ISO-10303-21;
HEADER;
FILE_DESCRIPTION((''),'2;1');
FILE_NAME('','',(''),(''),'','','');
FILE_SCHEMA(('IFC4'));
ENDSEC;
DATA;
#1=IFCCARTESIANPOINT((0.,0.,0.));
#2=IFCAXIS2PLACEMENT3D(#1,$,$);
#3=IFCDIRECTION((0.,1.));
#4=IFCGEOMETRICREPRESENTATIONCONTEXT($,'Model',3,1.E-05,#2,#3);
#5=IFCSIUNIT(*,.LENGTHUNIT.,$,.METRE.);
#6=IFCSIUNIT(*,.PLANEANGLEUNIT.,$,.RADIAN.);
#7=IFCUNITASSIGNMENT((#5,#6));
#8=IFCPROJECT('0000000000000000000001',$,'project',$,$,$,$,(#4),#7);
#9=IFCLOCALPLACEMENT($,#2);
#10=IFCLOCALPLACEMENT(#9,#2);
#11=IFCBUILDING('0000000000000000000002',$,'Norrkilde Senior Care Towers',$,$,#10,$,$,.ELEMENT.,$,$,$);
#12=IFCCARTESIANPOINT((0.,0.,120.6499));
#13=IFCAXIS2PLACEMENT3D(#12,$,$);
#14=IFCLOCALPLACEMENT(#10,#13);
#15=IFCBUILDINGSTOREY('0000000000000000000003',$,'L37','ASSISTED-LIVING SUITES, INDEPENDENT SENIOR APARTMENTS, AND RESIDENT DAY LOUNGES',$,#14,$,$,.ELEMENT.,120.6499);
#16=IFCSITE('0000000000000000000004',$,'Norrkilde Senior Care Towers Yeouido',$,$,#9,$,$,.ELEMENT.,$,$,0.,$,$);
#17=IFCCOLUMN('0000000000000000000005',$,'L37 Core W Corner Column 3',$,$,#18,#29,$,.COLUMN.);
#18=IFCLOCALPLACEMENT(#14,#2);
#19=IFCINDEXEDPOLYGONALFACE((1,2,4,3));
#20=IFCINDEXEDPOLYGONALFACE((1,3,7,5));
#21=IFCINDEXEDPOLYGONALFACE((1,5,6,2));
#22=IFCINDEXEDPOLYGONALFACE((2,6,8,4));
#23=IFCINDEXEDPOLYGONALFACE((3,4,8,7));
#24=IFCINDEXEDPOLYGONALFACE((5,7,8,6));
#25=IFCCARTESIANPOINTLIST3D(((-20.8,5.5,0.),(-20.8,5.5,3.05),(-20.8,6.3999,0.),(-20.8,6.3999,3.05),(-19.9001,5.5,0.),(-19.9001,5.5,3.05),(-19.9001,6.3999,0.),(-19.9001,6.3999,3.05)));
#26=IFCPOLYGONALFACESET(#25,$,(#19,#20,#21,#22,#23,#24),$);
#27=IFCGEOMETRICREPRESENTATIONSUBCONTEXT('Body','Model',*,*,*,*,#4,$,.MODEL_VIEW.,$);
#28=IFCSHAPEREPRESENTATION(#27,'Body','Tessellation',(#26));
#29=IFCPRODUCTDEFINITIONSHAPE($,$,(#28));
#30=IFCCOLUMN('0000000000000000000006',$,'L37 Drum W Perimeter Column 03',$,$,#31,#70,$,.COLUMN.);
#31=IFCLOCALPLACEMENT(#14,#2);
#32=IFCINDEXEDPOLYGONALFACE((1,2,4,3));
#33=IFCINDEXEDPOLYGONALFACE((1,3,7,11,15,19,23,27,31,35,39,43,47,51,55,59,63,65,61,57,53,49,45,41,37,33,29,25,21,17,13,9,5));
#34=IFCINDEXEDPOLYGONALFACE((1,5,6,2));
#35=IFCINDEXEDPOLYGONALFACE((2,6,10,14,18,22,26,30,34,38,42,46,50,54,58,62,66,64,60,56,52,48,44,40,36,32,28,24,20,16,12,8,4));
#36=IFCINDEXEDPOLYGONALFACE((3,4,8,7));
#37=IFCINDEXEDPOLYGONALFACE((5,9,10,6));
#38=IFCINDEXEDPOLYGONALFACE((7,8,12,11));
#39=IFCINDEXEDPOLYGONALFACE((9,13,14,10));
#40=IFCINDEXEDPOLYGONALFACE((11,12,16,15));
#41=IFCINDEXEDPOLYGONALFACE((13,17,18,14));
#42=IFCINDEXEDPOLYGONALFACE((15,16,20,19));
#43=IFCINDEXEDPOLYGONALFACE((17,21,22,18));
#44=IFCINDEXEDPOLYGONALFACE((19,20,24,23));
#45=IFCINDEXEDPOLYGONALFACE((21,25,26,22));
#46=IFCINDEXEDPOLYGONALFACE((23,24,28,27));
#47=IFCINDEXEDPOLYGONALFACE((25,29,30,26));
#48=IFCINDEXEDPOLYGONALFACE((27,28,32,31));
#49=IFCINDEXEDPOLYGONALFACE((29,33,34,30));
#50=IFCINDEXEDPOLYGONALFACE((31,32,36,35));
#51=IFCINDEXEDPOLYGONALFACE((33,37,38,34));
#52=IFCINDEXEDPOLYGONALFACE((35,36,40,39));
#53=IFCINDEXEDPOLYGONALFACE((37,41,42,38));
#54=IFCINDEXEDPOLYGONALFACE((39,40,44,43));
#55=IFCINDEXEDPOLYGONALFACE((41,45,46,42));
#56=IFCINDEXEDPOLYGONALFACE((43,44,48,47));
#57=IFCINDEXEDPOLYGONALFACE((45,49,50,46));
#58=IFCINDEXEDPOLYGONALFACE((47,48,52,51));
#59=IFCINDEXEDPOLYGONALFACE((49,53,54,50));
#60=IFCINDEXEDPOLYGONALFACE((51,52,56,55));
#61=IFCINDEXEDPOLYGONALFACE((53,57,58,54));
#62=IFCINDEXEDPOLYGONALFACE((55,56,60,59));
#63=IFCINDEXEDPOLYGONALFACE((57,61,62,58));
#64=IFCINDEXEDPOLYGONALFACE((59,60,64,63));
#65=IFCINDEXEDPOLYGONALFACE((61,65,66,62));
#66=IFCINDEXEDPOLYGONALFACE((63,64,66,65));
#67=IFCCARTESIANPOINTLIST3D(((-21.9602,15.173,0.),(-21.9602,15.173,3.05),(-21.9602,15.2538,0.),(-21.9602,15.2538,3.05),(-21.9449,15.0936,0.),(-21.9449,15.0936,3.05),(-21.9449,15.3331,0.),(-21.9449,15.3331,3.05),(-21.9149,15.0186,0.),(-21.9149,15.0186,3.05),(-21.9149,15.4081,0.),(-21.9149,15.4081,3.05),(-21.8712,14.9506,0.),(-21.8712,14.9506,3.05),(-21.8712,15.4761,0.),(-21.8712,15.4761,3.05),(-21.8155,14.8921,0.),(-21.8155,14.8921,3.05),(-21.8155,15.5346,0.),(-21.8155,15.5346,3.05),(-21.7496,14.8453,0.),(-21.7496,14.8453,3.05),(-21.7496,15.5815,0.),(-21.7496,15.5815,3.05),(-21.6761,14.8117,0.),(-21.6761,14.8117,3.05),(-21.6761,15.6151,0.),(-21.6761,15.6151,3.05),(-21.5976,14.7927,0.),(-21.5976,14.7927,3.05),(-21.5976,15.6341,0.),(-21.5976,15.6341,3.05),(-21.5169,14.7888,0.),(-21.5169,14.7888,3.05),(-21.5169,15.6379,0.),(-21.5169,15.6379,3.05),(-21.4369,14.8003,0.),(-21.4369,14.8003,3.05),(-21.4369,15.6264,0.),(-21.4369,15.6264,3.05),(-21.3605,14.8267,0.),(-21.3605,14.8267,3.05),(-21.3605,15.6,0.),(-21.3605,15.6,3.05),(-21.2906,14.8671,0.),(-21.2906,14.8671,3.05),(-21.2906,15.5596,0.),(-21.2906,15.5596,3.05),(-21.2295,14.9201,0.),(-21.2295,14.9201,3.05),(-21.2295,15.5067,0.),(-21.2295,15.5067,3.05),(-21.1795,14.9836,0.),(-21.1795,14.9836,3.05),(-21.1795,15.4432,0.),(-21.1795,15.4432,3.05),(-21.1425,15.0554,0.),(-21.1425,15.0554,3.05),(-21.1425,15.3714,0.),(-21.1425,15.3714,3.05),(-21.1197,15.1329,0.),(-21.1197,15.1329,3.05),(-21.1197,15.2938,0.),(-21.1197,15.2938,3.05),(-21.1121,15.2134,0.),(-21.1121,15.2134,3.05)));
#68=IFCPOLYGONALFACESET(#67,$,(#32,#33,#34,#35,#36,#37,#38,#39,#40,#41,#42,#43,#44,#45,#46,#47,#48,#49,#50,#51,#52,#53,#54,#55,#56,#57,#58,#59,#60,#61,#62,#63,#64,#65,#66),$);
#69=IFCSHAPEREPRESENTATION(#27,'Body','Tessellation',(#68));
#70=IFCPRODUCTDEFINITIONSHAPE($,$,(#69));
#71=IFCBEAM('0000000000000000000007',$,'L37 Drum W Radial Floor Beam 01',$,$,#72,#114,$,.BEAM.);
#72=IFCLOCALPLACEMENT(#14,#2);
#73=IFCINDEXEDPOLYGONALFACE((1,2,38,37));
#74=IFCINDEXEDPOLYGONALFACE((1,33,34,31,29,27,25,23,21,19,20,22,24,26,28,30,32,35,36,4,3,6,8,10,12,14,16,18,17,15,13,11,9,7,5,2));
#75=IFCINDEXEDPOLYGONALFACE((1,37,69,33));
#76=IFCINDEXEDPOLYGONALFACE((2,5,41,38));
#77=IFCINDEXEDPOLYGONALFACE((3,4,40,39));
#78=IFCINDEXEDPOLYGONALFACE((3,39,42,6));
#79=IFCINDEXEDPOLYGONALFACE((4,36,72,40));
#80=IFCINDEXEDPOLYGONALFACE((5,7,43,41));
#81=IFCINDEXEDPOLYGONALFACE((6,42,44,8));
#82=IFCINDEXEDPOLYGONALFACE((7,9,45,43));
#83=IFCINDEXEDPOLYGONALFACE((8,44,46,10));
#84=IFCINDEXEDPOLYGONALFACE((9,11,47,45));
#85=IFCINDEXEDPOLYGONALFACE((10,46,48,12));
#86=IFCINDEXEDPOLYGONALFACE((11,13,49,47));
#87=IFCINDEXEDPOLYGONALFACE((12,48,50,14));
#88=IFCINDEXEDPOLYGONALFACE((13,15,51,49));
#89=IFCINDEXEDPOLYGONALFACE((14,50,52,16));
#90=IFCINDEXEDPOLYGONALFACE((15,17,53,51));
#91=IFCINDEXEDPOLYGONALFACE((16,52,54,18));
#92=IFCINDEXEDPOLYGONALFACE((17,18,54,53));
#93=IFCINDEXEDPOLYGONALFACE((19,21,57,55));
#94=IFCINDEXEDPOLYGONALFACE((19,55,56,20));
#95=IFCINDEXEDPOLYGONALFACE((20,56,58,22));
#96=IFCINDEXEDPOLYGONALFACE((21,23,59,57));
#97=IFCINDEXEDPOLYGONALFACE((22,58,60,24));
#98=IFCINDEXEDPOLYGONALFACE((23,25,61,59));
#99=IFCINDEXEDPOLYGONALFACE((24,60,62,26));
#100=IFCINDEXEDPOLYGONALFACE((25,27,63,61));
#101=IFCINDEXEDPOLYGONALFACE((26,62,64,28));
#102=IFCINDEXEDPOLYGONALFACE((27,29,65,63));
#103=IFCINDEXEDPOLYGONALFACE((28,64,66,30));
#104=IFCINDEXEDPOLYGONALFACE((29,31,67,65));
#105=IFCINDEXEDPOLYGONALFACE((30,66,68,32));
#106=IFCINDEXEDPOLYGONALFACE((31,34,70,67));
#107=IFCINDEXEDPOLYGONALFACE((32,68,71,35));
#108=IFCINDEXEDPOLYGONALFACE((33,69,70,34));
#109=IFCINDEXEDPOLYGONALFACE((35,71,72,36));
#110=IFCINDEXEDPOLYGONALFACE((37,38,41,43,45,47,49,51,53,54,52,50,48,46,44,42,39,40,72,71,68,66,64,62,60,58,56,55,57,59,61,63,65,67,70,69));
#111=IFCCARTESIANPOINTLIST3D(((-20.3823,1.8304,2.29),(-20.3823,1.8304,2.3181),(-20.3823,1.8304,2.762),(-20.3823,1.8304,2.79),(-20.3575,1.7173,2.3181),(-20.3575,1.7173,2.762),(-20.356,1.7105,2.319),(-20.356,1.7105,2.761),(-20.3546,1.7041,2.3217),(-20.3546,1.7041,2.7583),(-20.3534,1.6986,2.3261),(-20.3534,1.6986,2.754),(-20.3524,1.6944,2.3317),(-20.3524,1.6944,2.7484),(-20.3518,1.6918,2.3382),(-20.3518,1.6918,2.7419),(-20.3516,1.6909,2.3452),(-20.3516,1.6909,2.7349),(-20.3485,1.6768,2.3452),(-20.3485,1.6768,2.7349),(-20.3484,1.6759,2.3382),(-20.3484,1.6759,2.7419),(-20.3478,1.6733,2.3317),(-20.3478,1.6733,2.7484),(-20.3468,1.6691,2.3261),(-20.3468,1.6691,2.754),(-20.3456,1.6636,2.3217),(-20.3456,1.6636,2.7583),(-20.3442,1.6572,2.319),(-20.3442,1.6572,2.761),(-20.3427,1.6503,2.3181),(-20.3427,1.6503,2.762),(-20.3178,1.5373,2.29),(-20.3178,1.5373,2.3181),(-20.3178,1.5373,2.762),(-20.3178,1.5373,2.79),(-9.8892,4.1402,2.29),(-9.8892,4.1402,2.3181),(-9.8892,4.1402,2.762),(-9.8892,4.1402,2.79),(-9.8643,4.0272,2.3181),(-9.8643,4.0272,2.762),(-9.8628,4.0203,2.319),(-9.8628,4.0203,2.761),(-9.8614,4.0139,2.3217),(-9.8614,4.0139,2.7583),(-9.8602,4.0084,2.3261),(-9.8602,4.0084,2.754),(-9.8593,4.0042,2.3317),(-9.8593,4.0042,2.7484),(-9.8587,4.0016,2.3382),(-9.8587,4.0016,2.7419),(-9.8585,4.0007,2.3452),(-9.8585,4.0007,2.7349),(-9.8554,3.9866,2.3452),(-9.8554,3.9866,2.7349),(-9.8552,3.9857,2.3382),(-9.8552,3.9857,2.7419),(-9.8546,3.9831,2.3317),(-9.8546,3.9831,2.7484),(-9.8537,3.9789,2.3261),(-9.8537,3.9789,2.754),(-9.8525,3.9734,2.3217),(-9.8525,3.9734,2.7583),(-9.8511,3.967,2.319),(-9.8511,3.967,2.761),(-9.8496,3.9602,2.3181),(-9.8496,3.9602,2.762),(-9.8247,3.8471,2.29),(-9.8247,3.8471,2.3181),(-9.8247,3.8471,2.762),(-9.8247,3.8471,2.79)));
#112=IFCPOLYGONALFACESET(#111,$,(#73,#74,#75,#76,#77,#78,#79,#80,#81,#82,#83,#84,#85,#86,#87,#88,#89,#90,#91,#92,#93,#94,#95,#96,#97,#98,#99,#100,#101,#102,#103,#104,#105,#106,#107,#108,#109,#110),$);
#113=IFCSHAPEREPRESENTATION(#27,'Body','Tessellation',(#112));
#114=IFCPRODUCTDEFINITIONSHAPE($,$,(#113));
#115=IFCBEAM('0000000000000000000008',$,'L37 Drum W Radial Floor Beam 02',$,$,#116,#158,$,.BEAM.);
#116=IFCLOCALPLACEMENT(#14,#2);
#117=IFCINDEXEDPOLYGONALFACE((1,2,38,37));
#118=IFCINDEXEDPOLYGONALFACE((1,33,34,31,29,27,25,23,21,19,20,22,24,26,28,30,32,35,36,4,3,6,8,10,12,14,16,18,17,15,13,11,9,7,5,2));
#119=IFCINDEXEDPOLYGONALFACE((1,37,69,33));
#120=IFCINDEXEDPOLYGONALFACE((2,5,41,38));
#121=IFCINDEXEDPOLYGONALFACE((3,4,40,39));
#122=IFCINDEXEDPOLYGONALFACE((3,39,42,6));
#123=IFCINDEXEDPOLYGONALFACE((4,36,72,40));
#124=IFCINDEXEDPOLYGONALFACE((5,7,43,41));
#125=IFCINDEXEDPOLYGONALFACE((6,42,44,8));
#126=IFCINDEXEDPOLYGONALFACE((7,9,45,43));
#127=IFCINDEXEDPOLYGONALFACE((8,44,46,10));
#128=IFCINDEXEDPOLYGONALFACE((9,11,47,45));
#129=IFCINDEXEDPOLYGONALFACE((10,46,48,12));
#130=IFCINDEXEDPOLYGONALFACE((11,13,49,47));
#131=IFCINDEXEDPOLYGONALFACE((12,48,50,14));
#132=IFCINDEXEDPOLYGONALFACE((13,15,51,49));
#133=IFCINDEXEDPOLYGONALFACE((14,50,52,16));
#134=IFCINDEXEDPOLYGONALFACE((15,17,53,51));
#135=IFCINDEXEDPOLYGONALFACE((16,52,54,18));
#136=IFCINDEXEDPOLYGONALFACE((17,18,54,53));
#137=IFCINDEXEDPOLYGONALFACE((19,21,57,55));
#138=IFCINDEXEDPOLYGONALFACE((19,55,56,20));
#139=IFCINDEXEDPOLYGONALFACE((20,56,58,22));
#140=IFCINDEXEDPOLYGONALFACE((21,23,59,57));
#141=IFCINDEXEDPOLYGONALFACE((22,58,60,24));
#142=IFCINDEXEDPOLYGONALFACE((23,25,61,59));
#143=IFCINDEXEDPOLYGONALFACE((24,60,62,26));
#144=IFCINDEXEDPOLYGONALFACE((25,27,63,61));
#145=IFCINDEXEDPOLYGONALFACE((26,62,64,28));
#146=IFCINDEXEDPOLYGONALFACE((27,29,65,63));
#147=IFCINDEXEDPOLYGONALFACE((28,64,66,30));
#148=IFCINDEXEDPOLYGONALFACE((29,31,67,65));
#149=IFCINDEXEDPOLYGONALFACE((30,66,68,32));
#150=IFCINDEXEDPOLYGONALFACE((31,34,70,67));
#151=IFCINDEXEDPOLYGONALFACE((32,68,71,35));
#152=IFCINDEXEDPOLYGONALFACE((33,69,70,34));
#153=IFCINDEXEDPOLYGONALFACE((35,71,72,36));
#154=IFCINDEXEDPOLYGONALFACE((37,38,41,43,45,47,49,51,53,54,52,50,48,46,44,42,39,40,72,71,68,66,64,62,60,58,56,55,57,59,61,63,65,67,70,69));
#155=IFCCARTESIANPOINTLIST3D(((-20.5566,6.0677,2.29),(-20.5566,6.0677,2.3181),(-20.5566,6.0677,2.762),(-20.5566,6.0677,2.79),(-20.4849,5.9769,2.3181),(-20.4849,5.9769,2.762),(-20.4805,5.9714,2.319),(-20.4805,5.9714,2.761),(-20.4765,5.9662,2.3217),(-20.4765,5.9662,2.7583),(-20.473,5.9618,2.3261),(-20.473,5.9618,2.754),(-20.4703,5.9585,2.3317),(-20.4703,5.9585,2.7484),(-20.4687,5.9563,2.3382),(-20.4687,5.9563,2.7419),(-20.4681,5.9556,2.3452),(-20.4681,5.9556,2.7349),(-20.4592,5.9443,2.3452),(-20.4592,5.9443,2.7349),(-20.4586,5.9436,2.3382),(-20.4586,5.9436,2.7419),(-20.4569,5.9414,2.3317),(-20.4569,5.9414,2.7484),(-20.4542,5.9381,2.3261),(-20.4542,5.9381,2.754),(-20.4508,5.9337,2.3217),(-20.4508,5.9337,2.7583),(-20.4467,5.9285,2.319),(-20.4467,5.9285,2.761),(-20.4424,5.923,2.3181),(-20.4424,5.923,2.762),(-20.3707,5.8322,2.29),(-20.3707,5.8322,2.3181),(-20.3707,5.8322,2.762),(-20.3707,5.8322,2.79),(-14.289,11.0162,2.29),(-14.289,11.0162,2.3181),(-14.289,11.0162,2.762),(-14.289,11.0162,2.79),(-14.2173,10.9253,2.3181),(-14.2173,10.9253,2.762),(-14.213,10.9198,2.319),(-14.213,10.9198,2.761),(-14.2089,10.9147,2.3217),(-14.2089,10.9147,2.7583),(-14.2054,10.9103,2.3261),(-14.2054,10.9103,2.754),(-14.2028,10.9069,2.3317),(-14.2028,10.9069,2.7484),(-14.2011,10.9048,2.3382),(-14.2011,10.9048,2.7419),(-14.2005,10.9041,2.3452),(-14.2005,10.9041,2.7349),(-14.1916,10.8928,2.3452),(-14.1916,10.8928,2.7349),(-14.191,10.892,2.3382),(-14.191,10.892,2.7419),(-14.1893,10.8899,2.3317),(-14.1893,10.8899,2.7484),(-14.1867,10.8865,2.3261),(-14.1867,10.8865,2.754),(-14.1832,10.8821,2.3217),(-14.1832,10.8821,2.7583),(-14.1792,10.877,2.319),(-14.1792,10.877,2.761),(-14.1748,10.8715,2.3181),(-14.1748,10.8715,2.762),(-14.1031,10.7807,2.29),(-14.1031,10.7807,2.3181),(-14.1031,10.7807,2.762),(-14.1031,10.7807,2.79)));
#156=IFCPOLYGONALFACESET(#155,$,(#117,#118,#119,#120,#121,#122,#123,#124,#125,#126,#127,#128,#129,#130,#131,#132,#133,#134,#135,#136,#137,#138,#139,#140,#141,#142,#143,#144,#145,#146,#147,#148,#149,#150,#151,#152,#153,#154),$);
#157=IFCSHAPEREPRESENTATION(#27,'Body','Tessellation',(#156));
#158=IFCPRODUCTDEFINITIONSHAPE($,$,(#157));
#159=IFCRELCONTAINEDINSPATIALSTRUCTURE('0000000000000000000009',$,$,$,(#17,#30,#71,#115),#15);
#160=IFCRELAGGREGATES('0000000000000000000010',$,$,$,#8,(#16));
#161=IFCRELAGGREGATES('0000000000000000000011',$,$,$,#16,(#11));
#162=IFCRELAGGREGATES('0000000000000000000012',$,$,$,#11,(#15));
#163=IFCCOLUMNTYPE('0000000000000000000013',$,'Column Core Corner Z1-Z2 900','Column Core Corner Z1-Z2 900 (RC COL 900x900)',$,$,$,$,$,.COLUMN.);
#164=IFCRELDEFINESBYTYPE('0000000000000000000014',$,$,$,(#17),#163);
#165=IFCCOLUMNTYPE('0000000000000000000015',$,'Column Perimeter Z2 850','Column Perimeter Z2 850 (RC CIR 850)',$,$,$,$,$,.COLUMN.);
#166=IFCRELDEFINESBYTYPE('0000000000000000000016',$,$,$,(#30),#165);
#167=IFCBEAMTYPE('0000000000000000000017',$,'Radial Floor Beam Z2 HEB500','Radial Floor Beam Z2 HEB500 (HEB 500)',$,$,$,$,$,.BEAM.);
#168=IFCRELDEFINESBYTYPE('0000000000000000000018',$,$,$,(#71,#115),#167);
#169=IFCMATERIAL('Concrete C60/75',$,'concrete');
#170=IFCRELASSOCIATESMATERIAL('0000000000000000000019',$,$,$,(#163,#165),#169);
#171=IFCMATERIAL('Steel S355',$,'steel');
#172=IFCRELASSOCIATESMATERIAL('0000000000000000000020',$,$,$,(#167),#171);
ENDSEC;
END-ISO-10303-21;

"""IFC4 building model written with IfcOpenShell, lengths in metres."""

from ifc_helpers import new_model, si_unit, direction, frame, origin, origin_2d, place, context, subcontext, project, spatial, rectangle, circle, i_section, extrude, source, transform, mapped, material, material_profile, profile_set, type_object, type_shapes, element, save


model = new_model("IFC4")

# Units and contexts
model_context = context("Model", 3, precision=1e-05, world=origin(), true_north=direction((0.0, 1.0)))
body_context = subcontext(model_context, "Body", "Model", "MODEL_VIEW")
ifc_project = project(units=[si_unit("LENGTHUNIT", "METRE"), si_unit("PLANEANGLEUNIT", "RADIAN")], contexts=[model_context])

# Site, building, storey
site_placement = place(None, origin())
site = spatial("IfcSite", under=ifc_project, at=site_placement, Name="Norrkilde Senior Care Towers Yeouido", CompositionType="ELEMENT", RefElevation=0.0)
building_placement = place(site_placement, origin())
building = spatial("IfcBuilding", under=site, at=building_placement, Name="Norrkilde Senior Care Towers", CompositionType="ELEMENT")
storey_placement = place(building_placement, frame((0.0, 0.0, 120.6499)))
storey = spatial("IfcBuildingStorey", under=building, at=storey_placement, Name="L37", Description="ASSISTED-LIVING SUITES, INDEPENDENT SENIOR APARTMENTS, AND RESIDENT DAY LOUNGES", CompositionType="ELEMENT", Elevation=120.6499)

# Columns
ifc_material_1 = material(Name="Concrete C60/75", Category="concrete")
ifc_material_profile_1 = material_profile(ifc_material_1, rectangle(XDim=0.8999, YDim=0.8999, at=origin_2d()), Name="RC COL 900x900")
ifc_profile_set_1 = profile_set([ifc_material_profile_1], Name="Concrete C60/75")
column_type_1 = type_object("IfcColumnType", Name="Column Core Corner Z1-Z2 900", Description="Column Core Corner Z1-Z2 900 (RC COL 900x900)", PredefinedType="COLUMN", material=ifc_profile_set_1)
shared_shape_1 = source(origin(), body_context, "Body", "SweptSolid", [
    extrude(rectangle(XDim=0.8999, YDim=0.8999, at=origin_2d()), origin(), (0.0, 0.0, 1.0), 3.05),
])
type_shapes(column_type_1, [shared_shape_1])
column_1_placement = place(storey_placement, frame((-20.3501, 5.95, 0.0), z_axis=(0.0, 0.0, 1.0), x_axis=(1.0, 0.0, 0.0)))
element("IfcColumn", 1, at=column_1_placement, inside=storey, type_object=column_type_1, Name="L37 Core W Corner Column 3", PredefinedType="COLUMN", context=body_context, shape_type="MappedRepresentation", body=[
    mapped(shared_shape_1, transform((0.0, 0.0, 0.0), x_axis=(1.0, 0.0, 0.0), y_axis=(0.0, 1.0, 0.0), z_axis=(0.0, 0.0, 1.0), scale=1.0)),
])
ifc_material_profile_2 = material_profile(ifc_material_1, circle(Radius=0.425, at=origin_2d()), Name="RC CIR 850")
ifc_profile_set_2 = profile_set([ifc_material_profile_2], Name="Concrete C60/75")
column_type_2 = type_object("IfcColumnType", Name="Column Perimeter Z2 850", Description="Column Perimeter Z2 850 (RC CIR 850)", PredefinedType="COLUMN", material=ifc_profile_set_2)
shared_shape_2 = source(origin(), body_context, "Body", "SweptSolid", [
    extrude(circle(Radius=0.425, at=origin_2d()), origin(), (0.0, 0.0, 1.0), 3.05),
])
type_shapes(column_type_2, [shared_shape_2])
column_2_placement = place(storey_placement, frame((-21.5371, 15.2134, 0.0), z_axis=(0.0, 0.0, 1.0), x_axis=(1.0, 0.0, 0.0)))
element("IfcColumn", 2, at=column_2_placement, inside=storey, type_object=column_type_2, Name="L37 Drum W Perimeter Column 03", PredefinedType="COLUMN", context=body_context, shape_type="MappedRepresentation", body=[
    mapped(shared_shape_2, transform((0.0, 0.0, 0.0), x_axis=(1.0, 0.0, 0.0), y_axis=(0.0, 1.0, 0.0), z_axis=(0.0, 0.0, 1.0), scale=1.0)),
])

# Beams
ifc_material_2 = material(Name="Steel S355", Category="steel")
ifc_material_profile_3 = material_profile(ifc_material_2, i_section(OverallWidth=0.3, OverallDepth=0.5, WebThickness=0.0144, FlangeThickness=0.0281, FilletRadius=0.0271, at=origin_2d()), Name="HEB 500")
ifc_profile_set_3 = profile_set([ifc_material_profile_3], Name="Steel S355")
beam_type_1 = type_object("IfcBeamType", Name="Radial Floor Beam Z2 HEB500", Description="Radial Floor Beam Z2 HEB500 (HEB 500)", PredefinedType="BEAM", material=ifc_profile_set_3)
shared_shape_3 = source(origin(), body_context, "Body", "SweptSolid", [
    extrude(i_section(OverallWidth=0.3, OverallDepth=0.5, WebThickness=0.0144, FlangeThickness=0.0281, FilletRadius=0.0271, at=origin_2d()), origin(), (0.0, 0.0, 1.0), 10.7444),
])
beam_1_placement = place(storey_placement, frame((-20.3501, 1.6838, 2.54), z_axis=(0.976619, 0.214979, 0.0), x_axis=(-0.214979, 0.976619, 0.0)))
element("IfcBeam", 3, at=beam_1_placement, inside=storey, type_object=beam_type_1, Name="L37 Drum W Radial Floor Beam 01", PredefinedType="BEAM", context=body_context, shape_type="MappedRepresentation", body=[
    mapped(shared_shape_3, transform((0.0, 0.0, 0.0), x_axis=(1.0, 0.0, 0.0), y_axis=(0.0, 1.0, 0.0), z_axis=(0.0, 0.0, 1.0), scale=1.0)),
])
shared_shape_4 = source(origin(), body_context, "Body", "SweptSolid", [
    extrude(i_section(OverallWidth=0.3, OverallDepth=0.5, WebThickness=0.0144, FlangeThickness=0.0281, FilletRadius=0.0271, at=origin_2d()), origin(), (0.0, 0.0, 1.0), 7.9856),
])
beam_2_placement = place(storey_placement, frame((-20.4636, 5.95, 2.54), z_axis=(0.784859, 0.619675, 0.0), x_axis=(-0.619675, 0.784859, 0.0)))
element("IfcBeam", 4, at=beam_2_placement, inside=storey, type_object=beam_type_1, Name="L37 Drum W Radial Floor Beam 02", PredefinedType="BEAM", context=body_context, shape_type="MappedRepresentation", body=[
    mapped(shared_shape_4, transform((0.0, 0.0, 0.0), x_axis=(1.0, 0.0, 0.0), y_axis=(0.0, 1.0, 0.0), z_axis=(0.0, 0.0, 1.0), scale=1.0)),
])

save(model, "model.ifc")
